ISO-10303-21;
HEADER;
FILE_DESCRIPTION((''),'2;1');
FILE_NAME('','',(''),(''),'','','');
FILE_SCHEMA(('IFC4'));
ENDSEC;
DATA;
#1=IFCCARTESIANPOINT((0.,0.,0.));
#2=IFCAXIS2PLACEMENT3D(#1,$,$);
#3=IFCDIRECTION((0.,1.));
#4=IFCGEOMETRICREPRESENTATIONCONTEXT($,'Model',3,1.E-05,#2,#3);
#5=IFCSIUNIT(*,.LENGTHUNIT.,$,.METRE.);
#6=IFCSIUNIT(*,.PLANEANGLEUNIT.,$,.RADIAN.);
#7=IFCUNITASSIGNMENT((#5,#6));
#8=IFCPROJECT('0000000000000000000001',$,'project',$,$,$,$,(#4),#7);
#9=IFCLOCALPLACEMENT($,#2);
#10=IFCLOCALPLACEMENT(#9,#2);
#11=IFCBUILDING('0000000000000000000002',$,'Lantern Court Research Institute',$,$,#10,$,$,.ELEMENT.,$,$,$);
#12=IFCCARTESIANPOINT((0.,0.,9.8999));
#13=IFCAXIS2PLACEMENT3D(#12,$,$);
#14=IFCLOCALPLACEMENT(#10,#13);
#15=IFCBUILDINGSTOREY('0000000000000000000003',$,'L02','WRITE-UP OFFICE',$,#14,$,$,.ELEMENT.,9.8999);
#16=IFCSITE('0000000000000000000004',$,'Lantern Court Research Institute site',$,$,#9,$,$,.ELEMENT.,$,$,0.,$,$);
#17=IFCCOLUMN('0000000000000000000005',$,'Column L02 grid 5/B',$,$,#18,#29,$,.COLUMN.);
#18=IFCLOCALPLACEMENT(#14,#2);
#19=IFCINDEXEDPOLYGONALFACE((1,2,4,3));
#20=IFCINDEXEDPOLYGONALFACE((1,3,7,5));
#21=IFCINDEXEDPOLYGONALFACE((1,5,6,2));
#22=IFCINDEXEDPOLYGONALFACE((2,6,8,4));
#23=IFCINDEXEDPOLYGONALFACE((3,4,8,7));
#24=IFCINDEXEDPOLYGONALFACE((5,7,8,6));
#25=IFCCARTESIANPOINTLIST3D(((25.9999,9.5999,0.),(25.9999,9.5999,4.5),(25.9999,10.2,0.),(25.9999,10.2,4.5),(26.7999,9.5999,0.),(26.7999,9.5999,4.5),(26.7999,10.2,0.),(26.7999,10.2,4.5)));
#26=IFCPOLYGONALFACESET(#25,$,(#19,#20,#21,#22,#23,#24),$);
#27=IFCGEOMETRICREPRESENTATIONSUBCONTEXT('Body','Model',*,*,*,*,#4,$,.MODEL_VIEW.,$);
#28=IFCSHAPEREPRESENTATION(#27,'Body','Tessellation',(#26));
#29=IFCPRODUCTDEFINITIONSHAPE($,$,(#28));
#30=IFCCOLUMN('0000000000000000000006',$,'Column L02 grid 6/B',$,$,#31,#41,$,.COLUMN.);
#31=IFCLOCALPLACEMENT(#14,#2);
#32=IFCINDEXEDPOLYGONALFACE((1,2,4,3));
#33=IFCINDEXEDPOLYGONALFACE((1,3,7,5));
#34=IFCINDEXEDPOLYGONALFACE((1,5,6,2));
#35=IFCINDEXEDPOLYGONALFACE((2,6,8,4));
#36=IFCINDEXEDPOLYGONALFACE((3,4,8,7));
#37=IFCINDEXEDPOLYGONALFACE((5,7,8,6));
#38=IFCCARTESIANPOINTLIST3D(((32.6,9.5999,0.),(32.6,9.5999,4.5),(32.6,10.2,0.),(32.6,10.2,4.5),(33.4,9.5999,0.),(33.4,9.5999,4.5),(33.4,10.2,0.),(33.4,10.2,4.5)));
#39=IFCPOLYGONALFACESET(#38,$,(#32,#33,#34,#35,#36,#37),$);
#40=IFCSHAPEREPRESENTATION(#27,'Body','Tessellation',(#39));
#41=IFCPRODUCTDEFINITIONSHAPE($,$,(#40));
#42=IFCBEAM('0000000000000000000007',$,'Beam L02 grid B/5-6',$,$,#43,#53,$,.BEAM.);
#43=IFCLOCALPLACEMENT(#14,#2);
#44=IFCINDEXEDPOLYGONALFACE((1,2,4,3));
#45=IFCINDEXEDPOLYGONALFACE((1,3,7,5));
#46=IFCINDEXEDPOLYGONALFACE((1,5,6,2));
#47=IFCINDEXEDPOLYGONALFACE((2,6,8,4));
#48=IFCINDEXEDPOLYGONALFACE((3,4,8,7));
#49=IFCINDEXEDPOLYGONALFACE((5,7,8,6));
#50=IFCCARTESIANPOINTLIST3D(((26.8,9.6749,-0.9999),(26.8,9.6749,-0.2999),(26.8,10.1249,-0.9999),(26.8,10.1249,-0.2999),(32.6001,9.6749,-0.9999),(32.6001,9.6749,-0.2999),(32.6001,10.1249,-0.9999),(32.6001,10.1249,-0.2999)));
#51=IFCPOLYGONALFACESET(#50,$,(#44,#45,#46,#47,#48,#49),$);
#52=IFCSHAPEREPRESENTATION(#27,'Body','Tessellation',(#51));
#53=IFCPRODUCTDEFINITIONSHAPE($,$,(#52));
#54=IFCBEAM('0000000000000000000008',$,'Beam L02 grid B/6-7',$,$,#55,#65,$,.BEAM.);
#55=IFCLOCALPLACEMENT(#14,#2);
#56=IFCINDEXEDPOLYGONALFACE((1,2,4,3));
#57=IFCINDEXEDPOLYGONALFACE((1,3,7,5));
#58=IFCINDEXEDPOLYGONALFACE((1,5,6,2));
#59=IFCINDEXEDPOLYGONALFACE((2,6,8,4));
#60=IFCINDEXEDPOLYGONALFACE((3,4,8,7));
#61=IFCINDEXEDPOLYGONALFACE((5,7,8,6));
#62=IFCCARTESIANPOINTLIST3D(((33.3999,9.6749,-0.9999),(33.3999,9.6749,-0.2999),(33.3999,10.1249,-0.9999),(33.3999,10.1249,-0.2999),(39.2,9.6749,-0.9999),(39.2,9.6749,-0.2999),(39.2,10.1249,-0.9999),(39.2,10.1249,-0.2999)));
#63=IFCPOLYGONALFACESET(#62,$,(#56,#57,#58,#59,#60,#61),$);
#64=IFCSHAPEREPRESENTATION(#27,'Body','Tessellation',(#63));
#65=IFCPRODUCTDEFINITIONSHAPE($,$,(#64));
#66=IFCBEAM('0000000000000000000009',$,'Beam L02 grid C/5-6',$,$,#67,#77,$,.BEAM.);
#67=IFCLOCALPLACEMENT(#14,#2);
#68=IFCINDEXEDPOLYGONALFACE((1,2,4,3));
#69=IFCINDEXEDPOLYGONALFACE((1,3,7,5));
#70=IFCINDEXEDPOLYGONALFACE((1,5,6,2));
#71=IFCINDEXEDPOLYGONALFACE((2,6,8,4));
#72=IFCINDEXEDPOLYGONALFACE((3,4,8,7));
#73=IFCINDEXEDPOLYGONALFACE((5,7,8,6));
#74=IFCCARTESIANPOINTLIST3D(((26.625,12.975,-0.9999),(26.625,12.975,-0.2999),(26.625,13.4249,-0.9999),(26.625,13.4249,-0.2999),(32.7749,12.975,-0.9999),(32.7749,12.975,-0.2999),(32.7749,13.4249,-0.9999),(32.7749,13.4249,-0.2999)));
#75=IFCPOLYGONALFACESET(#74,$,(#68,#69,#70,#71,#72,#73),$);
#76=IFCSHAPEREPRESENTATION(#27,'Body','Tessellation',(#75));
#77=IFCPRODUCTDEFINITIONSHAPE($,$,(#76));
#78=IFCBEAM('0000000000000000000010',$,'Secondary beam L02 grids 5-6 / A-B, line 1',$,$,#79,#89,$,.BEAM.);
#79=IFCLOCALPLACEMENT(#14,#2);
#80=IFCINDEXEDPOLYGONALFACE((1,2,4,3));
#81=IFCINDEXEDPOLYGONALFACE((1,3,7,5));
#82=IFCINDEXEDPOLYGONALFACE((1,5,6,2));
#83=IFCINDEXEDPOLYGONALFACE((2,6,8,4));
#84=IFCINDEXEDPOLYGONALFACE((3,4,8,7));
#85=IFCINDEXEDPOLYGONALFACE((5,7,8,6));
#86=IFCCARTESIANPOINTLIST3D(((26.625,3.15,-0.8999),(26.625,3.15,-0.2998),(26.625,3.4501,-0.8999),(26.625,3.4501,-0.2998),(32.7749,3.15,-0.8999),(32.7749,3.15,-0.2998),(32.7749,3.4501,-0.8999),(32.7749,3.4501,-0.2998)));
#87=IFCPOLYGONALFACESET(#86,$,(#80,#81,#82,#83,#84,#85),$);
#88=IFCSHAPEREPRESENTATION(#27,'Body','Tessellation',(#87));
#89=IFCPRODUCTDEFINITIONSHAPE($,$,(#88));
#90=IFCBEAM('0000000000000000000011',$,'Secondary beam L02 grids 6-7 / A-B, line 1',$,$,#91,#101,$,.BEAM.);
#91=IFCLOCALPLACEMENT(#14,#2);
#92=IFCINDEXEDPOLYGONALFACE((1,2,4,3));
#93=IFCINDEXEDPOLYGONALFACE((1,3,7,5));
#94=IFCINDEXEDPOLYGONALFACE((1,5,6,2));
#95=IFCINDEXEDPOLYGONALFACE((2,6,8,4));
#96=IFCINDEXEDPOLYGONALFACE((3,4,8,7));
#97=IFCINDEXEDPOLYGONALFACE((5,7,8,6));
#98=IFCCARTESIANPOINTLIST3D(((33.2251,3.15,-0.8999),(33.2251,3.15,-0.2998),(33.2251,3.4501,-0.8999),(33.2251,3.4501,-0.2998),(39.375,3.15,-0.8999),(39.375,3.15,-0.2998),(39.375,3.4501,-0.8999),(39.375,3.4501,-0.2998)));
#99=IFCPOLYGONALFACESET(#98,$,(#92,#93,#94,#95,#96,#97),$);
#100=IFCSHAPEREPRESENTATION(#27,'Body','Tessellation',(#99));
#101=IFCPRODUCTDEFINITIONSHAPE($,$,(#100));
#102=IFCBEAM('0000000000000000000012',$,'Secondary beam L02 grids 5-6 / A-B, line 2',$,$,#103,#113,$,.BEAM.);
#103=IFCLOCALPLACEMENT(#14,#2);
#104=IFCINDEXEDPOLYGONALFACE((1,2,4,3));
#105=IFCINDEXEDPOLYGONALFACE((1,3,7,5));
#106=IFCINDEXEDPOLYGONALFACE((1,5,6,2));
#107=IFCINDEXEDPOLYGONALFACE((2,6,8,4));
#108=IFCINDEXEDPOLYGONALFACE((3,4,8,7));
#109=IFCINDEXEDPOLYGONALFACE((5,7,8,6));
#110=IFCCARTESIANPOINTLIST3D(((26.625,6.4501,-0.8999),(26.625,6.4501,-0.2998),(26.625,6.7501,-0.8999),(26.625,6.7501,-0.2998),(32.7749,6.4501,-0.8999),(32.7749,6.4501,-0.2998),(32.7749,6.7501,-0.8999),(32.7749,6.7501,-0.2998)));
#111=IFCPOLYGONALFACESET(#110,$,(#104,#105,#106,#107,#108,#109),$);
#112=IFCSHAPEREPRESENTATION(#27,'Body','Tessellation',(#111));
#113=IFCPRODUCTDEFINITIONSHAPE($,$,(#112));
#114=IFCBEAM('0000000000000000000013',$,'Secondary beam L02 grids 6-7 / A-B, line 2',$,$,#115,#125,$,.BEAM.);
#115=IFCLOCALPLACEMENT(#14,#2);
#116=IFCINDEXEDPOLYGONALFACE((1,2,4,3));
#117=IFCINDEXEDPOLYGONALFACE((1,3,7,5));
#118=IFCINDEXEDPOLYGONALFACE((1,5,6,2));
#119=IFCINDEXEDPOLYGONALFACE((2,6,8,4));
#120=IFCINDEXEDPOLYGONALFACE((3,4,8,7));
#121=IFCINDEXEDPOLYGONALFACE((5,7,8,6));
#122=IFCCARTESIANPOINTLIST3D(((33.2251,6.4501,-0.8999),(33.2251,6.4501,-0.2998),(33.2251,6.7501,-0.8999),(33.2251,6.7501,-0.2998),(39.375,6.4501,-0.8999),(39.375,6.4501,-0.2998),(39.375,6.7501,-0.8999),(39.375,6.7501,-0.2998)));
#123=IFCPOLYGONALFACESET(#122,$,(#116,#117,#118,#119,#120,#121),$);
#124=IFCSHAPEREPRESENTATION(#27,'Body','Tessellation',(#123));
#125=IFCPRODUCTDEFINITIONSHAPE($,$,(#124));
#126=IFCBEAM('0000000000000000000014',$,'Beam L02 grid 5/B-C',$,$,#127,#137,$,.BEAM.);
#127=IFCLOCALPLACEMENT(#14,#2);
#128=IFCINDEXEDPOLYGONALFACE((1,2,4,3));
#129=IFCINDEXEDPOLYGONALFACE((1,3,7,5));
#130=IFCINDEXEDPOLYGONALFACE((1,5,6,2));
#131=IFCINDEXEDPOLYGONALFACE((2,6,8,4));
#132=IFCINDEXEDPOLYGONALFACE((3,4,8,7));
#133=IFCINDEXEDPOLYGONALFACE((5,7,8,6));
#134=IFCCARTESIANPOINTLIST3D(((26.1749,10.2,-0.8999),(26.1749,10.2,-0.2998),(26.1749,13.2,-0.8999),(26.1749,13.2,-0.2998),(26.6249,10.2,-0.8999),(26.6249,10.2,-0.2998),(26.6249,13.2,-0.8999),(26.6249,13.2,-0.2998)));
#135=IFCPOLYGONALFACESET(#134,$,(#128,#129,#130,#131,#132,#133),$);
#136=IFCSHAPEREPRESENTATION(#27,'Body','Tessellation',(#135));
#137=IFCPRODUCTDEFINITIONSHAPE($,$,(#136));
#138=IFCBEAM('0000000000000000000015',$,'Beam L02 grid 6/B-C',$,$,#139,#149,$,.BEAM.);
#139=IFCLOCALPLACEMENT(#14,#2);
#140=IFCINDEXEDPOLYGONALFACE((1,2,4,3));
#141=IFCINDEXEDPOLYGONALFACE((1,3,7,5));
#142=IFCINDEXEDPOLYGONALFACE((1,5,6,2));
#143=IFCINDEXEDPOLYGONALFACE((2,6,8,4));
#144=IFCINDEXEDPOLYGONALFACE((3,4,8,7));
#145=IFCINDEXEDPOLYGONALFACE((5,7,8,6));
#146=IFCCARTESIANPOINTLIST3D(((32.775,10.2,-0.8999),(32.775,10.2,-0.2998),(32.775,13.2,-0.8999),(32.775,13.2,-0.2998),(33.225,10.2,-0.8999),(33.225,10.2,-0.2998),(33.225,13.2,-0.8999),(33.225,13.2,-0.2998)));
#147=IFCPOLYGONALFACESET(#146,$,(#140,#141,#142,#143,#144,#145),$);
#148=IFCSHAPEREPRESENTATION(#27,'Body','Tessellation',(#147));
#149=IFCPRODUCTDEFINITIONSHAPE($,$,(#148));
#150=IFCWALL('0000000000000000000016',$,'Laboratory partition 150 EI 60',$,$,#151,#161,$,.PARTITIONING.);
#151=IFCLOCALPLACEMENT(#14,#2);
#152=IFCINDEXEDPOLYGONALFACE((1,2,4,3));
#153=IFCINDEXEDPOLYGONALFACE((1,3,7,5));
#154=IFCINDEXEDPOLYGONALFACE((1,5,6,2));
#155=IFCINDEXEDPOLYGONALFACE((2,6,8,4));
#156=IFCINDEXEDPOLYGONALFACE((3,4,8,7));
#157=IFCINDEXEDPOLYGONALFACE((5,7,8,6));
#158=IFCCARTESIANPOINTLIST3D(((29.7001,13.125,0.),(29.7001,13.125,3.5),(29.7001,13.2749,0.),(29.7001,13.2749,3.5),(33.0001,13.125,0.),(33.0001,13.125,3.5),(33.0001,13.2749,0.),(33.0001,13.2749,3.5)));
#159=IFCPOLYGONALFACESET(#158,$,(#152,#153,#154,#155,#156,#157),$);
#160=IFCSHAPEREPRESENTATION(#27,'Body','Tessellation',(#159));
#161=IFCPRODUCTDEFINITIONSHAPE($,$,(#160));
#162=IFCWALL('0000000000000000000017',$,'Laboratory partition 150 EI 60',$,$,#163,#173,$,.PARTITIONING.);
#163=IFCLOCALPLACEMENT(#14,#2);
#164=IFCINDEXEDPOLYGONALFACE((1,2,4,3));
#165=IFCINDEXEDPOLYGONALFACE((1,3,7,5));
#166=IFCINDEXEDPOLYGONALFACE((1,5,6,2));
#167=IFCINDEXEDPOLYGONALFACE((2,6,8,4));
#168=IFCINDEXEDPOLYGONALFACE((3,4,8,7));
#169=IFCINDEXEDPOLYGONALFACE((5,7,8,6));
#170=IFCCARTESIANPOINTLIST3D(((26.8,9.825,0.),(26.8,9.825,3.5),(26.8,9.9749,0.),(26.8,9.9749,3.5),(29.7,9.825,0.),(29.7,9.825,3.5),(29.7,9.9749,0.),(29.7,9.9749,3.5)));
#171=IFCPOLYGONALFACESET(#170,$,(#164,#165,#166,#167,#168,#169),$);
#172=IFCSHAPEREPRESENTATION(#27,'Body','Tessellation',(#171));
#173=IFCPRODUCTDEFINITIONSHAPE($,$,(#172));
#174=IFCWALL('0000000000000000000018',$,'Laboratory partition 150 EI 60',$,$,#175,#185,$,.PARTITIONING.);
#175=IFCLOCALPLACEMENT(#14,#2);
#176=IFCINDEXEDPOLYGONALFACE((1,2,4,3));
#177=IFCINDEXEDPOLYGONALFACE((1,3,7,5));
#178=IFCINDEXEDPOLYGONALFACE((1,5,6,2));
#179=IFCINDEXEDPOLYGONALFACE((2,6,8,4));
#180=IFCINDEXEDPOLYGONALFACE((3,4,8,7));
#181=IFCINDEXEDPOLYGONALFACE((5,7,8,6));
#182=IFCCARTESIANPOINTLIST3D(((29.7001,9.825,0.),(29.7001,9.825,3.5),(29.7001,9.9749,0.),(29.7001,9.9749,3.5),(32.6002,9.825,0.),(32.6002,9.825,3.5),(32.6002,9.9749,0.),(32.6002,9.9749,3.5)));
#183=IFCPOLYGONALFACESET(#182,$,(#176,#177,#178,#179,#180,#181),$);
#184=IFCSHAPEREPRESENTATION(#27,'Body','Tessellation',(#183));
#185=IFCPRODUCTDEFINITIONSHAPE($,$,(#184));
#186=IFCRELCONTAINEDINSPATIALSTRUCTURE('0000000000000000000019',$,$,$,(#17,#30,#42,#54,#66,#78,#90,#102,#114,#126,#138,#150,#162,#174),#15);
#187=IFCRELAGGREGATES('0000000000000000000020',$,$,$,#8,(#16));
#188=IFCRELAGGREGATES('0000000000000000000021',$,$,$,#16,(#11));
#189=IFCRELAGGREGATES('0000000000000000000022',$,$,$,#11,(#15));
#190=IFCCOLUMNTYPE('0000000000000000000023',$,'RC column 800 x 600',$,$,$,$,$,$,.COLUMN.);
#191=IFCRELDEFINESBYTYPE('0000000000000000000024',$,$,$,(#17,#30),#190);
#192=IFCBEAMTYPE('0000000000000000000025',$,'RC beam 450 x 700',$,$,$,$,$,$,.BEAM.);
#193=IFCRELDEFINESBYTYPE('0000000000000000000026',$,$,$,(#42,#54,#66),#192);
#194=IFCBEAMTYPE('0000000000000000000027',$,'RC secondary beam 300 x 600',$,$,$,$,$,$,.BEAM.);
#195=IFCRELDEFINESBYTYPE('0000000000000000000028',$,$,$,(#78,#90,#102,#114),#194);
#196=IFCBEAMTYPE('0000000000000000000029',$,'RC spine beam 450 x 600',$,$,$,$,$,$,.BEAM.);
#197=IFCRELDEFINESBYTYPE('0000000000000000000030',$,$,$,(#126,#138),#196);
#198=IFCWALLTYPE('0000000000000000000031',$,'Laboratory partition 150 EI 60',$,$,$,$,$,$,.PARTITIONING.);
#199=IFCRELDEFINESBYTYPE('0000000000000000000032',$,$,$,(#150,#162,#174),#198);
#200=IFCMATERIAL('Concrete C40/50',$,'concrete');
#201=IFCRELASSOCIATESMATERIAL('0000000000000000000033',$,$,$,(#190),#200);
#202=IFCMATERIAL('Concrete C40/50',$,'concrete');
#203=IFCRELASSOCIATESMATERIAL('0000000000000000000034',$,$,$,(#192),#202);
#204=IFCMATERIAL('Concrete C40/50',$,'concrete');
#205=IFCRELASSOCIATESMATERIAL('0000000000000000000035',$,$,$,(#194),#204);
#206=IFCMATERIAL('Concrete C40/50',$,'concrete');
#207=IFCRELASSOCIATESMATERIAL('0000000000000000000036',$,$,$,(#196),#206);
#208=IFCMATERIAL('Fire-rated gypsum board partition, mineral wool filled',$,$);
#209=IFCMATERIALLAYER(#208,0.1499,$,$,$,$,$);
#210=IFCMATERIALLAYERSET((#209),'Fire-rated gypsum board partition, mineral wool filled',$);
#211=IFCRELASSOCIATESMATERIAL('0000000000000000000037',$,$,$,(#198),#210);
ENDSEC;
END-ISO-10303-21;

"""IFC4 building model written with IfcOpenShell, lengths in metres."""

from ifc_helpers import new_model, si_unit, direction, frame, frame_2d, origin, origin_2d, place, context, subcontext, project, spatial, rectangle, extrude, material, layer, layer_set, material_profile, profile_set, type_object, element, save


model = new_model("IFC4")

# Units and contexts
model_context = context("Model", 3, precision=1e-05, world=origin(), true_north=direction((0.0, 1.0)))
body_context = subcontext(model_context, "Body", "Model", "MODEL_VIEW")
ifc_project = project(units=[si_unit("LENGTHUNIT", "METRE"), si_unit("PLANEANGLEUNIT", "RADIAN")], contexts=[model_context])

# Site, building, storey
site_placement = place(None, origin())
site = spatial("IfcSite", under=ifc_project, at=site_placement, Name="Lantern Court Research Institute site", CompositionType="ELEMENT", RefElevation=0.0)
building_placement = place(site_placement, origin())
building = spatial("IfcBuilding", under=site, at=building_placement, Name="Lantern Court Research Institute", CompositionType="ELEMENT")
storey_placement = place(building_placement, frame((0.0, 0.0, 9.8999)))
storey = spatial("IfcBuildingStorey", under=building, at=storey_placement, Name="L02", Description="WRITE-UP OFFICE", CompositionType="ELEMENT", Elevation=9.8999)

# Columns
ifc_material_1 = material(Name="Concrete C40/50", Category="concrete")
ifc_material_profile_1 = material_profile(ifc_material_1, rectangle(XDim=0.8, YDim=0.6001, at=origin_2d()), Name="RC column 800 x 600")
ifc_profile_set_1 = profile_set([ifc_material_profile_1], Name="Concrete C40/50")
column_type = type_object("IfcColumnType", Name="RC column 800 x 600", PredefinedType="COLUMN", material=ifc_profile_set_1)
for number, where, z_axis, x_axis, name in (
    (1, (26.3999, 9.8999, 0.0), (0.0, 0.0, 1.0), (1.0, 0.0, 0.0), "Column L02 grid 5/B"),
    (2, (33.0, 9.8999, 0.0), (0.0, 0.0, 1.0), (1.0, 0.0, 0.0), "Column L02 grid 6/B"),
):
    element("IfcColumn", number, at=place(storey_placement, frame(where, z_axis=z_axis, x_axis=x_axis)), inside=storey, type_object=column_type, Name=name, PredefinedType="COLUMN", context=body_context, shape_type="SweptSolid", body=[
        extrude(rectangle(XDim=0.8, YDim=0.6001, at=origin_2d()), origin(), (0.0, 0.0, 1.0), 4.5),
    ])

# Beams
ifc_material_2 = material(Name="Concrete C40/50", Category="concrete")
ifc_material_profile_2 = material_profile(ifc_material_2, rectangle(XDim=0.45, YDim=0.7, at=origin_2d()), Name="RC beam 450 x 700")
ifc_profile_set_2 = profile_set([ifc_material_profile_2], Name="Concrete C40/50")
beam_type_1 = type_object("IfcBeamType", Name="RC beam 450 x 700", PredefinedType="BEAM", material=ifc_profile_set_2)
for number, where, z_axis, x_axis, name in (
    (3, (26.8, 9.8999, -0.6499), (1.0, 0.0, 0.0), (0.0, 1.0, 0.0), "Beam L02 grid B/5-6"),
    (4, (33.3999, 9.8999, -0.6499), (1.0, 0.0, 0.0), (0.0, 1.0, 0.0), "Beam L02 grid B/6-7"),
):
    element("IfcBeam", number, at=place(storey_placement, frame(where, z_axis=z_axis, x_axis=x_axis)), inside=storey, type_object=beam_type_1, Name=name, PredefinedType="BEAM", context=body_context, shape_type="SweptSolid", body=[
        extrude(rectangle(XDim=0.45, YDim=0.7, at=origin_2d()), origin(), (0.0, 0.0, 1.0), 5.8),
    ])
beam_placement = place(storey_placement, frame((26.625, 13.2, -0.6499), z_axis=(1.0, 0.0, 0.0), x_axis=(0.0, 1.0, 0.0)))
element("IfcBeam", 5, at=beam_placement, inside=storey, type_object=beam_type_1, Name="Beam L02 grid C/5-6", PredefinedType="BEAM", context=body_context, shape_type="SweptSolid", body=[
    extrude(rectangle(XDim=0.45, YDim=0.7, at=origin_2d()), origin(), (0.0, 0.0, 1.0), 6.1499),
])
ifc_material_3 = material(Name="Concrete C40/50", Category="concrete")
ifc_material_profile_3 = material_profile(ifc_material_3, rectangle(XDim=0.3, YDim=0.6001, at=origin_2d()), Name="RC beam 300 x 600")
ifc_profile_set_3 = profile_set([ifc_material_profile_3], Name="Concrete C40/50")
beam_type_2 = type_object("IfcBeamType", Name="RC secondary beam 300 x 600", PredefinedType="BEAM", material=ifc_profile_set_3)
for number, where, z_axis, x_axis, name in (
    (6, (26.625, 3.3, -0.5999), (1.0, 0.0, 0.0), (0.0, 1.0, 0.0), "Secondary beam L02 grids 5-6 / A-B, line 1"),
    (7, (33.2251, 3.3, -0.5999), (1.0, 0.0, 0.0), (0.0, 1.0, 0.0), "Secondary beam L02 grids 6-7 / A-B, line 1"),
    (8, (26.625, 6.6001, -0.5999), (1.0, 0.0, 0.0), (0.0, 1.0, 0.0), "Secondary beam L02 grids 5-6 / A-B, line 2"),
    (9, (33.2251, 6.6001, -0.5999), (1.0, 0.0, 0.0), (0.0, 1.0, 0.0), "Secondary beam L02 grids 6-7 / A-B, line 2"),
):
    element("IfcBeam", number, at=place(storey_placement, frame(where, z_axis=z_axis, x_axis=x_axis)), inside=storey, type_object=beam_type_2, Name=name, PredefinedType="BEAM", context=body_context, shape_type="SweptSolid", body=[
        extrude(rectangle(XDim=0.3, YDim=0.6001, at=origin_2d()), origin(), (0.0, 0.0, 1.0), 6.1499),
    ])
ifc_material_4 = material(Name="Concrete C40/50", Category="concrete")
ifc_material_profile_4 = material_profile(ifc_material_4, rectangle(XDim=0.45, YDim=0.6001, at=origin_2d()), Name="RC beam 450 x 600")
ifc_profile_set_4 = profile_set([ifc_material_profile_4], Name="Concrete C40/50")
beam_type_3 = type_object("IfcBeamType", Name="RC spine beam 450 x 600", PredefinedType="BEAM", material=ifc_profile_set_4)
for number, where, z_axis, x_axis, name in (
    (10, (26.3999, 10.2, -0.5999), (0.0, 1.0, 0.0), (-1.0, 0.0, 0.0), "Beam L02 grid 5/B-C"),
    (11, (33.0, 10.2, -0.5999), (0.0, 1.0, 0.0), (-1.0, 0.0, 0.0), "Beam L02 grid 6/B-C"),
):
    element("IfcBeam", number, at=place(storey_placement, frame(where, z_axis=z_axis, x_axis=x_axis)), inside=storey, type_object=beam_type_3, Name=name, PredefinedType="BEAM", context=body_context, shape_type="SweptSolid", body=[
        extrude(rectangle(XDim=0.45, YDim=0.6001, at=origin_2d()), origin(), (0.0, 0.0, 1.0), 3.0),
    ])

# Walls
ifc_material_5 = material(Name="Fire-rated gypsum board partition, mineral wool filled")
ifc_layer_1 = layer(ifc_material_5, 0.1499)
ifc_layer_set_1 = layer_set([ifc_layer_1], Name="Fire-rated gypsum board partition, mineral wool filled")
wall_type_1 = type_object("IfcWallType", Name="Laboratory partition 150 EI 60", PredefinedType="PARTITIONING", material=ifc_layer_set_1)
wall_1_placement = place(storey_placement, frame((33.0, 13.2, 0.0), z_axis=(0.0, 0.0, 1.0), x_axis=(-1.0, 0.0, 0.0)))
element("IfcWall", 12, at=wall_1_placement, inside=storey, type_object=wall_type_1, Name="Laboratory partition 150 EI 60", PredefinedType="PARTITIONING", context=body_context, shape_type="SweptSolid", body=[
    extrude(rectangle(XDim=3.3, YDim=0.1499, at=frame_2d((1.6499, 0.0))), origin(), (0.0, 0.0, 1.0), 3.5),
])
wall_2_placement = place(storey_placement, frame((26.8, 9.8999, 0.0), z_axis=(0.0, 0.0, 1.0), x_axis=(1.0, 0.0, 0.0)))
element("IfcWall", 13, at=wall_2_placement, inside=storey, type_object=wall_type_1, Name="Laboratory partition 150 EI 60", PredefinedType="PARTITIONING", context=body_context, shape_type="SweptSolid", body=[
    extrude(rectangle(XDim=2.8999, YDim=0.1499, at=frame_2d((1.45, 0.0))), origin(), (0.0, 0.0, 1.0), 3.5),
])
wall_3_placement = place(storey_placement, frame((29.7, 9.8999, 0.0), z_axis=(0.0, 0.0, 1.0), x_axis=(1.0, 0.0, 0.0)))
element("IfcWall", 14, at=wall_3_placement, inside=storey, type_object=wall_type_1, Name="Laboratory partition 150 EI 60", PredefinedType="PARTITIONING", context=body_context, shape_type="SweptSolid", body=[
    extrude(rectangle(XDim=2.9001, YDim=0.1499, at=frame_2d((1.4502, 0.0))), origin(), (0.0, 0.0, 1.0), 3.5),
])

save(model, "model.ifc")
